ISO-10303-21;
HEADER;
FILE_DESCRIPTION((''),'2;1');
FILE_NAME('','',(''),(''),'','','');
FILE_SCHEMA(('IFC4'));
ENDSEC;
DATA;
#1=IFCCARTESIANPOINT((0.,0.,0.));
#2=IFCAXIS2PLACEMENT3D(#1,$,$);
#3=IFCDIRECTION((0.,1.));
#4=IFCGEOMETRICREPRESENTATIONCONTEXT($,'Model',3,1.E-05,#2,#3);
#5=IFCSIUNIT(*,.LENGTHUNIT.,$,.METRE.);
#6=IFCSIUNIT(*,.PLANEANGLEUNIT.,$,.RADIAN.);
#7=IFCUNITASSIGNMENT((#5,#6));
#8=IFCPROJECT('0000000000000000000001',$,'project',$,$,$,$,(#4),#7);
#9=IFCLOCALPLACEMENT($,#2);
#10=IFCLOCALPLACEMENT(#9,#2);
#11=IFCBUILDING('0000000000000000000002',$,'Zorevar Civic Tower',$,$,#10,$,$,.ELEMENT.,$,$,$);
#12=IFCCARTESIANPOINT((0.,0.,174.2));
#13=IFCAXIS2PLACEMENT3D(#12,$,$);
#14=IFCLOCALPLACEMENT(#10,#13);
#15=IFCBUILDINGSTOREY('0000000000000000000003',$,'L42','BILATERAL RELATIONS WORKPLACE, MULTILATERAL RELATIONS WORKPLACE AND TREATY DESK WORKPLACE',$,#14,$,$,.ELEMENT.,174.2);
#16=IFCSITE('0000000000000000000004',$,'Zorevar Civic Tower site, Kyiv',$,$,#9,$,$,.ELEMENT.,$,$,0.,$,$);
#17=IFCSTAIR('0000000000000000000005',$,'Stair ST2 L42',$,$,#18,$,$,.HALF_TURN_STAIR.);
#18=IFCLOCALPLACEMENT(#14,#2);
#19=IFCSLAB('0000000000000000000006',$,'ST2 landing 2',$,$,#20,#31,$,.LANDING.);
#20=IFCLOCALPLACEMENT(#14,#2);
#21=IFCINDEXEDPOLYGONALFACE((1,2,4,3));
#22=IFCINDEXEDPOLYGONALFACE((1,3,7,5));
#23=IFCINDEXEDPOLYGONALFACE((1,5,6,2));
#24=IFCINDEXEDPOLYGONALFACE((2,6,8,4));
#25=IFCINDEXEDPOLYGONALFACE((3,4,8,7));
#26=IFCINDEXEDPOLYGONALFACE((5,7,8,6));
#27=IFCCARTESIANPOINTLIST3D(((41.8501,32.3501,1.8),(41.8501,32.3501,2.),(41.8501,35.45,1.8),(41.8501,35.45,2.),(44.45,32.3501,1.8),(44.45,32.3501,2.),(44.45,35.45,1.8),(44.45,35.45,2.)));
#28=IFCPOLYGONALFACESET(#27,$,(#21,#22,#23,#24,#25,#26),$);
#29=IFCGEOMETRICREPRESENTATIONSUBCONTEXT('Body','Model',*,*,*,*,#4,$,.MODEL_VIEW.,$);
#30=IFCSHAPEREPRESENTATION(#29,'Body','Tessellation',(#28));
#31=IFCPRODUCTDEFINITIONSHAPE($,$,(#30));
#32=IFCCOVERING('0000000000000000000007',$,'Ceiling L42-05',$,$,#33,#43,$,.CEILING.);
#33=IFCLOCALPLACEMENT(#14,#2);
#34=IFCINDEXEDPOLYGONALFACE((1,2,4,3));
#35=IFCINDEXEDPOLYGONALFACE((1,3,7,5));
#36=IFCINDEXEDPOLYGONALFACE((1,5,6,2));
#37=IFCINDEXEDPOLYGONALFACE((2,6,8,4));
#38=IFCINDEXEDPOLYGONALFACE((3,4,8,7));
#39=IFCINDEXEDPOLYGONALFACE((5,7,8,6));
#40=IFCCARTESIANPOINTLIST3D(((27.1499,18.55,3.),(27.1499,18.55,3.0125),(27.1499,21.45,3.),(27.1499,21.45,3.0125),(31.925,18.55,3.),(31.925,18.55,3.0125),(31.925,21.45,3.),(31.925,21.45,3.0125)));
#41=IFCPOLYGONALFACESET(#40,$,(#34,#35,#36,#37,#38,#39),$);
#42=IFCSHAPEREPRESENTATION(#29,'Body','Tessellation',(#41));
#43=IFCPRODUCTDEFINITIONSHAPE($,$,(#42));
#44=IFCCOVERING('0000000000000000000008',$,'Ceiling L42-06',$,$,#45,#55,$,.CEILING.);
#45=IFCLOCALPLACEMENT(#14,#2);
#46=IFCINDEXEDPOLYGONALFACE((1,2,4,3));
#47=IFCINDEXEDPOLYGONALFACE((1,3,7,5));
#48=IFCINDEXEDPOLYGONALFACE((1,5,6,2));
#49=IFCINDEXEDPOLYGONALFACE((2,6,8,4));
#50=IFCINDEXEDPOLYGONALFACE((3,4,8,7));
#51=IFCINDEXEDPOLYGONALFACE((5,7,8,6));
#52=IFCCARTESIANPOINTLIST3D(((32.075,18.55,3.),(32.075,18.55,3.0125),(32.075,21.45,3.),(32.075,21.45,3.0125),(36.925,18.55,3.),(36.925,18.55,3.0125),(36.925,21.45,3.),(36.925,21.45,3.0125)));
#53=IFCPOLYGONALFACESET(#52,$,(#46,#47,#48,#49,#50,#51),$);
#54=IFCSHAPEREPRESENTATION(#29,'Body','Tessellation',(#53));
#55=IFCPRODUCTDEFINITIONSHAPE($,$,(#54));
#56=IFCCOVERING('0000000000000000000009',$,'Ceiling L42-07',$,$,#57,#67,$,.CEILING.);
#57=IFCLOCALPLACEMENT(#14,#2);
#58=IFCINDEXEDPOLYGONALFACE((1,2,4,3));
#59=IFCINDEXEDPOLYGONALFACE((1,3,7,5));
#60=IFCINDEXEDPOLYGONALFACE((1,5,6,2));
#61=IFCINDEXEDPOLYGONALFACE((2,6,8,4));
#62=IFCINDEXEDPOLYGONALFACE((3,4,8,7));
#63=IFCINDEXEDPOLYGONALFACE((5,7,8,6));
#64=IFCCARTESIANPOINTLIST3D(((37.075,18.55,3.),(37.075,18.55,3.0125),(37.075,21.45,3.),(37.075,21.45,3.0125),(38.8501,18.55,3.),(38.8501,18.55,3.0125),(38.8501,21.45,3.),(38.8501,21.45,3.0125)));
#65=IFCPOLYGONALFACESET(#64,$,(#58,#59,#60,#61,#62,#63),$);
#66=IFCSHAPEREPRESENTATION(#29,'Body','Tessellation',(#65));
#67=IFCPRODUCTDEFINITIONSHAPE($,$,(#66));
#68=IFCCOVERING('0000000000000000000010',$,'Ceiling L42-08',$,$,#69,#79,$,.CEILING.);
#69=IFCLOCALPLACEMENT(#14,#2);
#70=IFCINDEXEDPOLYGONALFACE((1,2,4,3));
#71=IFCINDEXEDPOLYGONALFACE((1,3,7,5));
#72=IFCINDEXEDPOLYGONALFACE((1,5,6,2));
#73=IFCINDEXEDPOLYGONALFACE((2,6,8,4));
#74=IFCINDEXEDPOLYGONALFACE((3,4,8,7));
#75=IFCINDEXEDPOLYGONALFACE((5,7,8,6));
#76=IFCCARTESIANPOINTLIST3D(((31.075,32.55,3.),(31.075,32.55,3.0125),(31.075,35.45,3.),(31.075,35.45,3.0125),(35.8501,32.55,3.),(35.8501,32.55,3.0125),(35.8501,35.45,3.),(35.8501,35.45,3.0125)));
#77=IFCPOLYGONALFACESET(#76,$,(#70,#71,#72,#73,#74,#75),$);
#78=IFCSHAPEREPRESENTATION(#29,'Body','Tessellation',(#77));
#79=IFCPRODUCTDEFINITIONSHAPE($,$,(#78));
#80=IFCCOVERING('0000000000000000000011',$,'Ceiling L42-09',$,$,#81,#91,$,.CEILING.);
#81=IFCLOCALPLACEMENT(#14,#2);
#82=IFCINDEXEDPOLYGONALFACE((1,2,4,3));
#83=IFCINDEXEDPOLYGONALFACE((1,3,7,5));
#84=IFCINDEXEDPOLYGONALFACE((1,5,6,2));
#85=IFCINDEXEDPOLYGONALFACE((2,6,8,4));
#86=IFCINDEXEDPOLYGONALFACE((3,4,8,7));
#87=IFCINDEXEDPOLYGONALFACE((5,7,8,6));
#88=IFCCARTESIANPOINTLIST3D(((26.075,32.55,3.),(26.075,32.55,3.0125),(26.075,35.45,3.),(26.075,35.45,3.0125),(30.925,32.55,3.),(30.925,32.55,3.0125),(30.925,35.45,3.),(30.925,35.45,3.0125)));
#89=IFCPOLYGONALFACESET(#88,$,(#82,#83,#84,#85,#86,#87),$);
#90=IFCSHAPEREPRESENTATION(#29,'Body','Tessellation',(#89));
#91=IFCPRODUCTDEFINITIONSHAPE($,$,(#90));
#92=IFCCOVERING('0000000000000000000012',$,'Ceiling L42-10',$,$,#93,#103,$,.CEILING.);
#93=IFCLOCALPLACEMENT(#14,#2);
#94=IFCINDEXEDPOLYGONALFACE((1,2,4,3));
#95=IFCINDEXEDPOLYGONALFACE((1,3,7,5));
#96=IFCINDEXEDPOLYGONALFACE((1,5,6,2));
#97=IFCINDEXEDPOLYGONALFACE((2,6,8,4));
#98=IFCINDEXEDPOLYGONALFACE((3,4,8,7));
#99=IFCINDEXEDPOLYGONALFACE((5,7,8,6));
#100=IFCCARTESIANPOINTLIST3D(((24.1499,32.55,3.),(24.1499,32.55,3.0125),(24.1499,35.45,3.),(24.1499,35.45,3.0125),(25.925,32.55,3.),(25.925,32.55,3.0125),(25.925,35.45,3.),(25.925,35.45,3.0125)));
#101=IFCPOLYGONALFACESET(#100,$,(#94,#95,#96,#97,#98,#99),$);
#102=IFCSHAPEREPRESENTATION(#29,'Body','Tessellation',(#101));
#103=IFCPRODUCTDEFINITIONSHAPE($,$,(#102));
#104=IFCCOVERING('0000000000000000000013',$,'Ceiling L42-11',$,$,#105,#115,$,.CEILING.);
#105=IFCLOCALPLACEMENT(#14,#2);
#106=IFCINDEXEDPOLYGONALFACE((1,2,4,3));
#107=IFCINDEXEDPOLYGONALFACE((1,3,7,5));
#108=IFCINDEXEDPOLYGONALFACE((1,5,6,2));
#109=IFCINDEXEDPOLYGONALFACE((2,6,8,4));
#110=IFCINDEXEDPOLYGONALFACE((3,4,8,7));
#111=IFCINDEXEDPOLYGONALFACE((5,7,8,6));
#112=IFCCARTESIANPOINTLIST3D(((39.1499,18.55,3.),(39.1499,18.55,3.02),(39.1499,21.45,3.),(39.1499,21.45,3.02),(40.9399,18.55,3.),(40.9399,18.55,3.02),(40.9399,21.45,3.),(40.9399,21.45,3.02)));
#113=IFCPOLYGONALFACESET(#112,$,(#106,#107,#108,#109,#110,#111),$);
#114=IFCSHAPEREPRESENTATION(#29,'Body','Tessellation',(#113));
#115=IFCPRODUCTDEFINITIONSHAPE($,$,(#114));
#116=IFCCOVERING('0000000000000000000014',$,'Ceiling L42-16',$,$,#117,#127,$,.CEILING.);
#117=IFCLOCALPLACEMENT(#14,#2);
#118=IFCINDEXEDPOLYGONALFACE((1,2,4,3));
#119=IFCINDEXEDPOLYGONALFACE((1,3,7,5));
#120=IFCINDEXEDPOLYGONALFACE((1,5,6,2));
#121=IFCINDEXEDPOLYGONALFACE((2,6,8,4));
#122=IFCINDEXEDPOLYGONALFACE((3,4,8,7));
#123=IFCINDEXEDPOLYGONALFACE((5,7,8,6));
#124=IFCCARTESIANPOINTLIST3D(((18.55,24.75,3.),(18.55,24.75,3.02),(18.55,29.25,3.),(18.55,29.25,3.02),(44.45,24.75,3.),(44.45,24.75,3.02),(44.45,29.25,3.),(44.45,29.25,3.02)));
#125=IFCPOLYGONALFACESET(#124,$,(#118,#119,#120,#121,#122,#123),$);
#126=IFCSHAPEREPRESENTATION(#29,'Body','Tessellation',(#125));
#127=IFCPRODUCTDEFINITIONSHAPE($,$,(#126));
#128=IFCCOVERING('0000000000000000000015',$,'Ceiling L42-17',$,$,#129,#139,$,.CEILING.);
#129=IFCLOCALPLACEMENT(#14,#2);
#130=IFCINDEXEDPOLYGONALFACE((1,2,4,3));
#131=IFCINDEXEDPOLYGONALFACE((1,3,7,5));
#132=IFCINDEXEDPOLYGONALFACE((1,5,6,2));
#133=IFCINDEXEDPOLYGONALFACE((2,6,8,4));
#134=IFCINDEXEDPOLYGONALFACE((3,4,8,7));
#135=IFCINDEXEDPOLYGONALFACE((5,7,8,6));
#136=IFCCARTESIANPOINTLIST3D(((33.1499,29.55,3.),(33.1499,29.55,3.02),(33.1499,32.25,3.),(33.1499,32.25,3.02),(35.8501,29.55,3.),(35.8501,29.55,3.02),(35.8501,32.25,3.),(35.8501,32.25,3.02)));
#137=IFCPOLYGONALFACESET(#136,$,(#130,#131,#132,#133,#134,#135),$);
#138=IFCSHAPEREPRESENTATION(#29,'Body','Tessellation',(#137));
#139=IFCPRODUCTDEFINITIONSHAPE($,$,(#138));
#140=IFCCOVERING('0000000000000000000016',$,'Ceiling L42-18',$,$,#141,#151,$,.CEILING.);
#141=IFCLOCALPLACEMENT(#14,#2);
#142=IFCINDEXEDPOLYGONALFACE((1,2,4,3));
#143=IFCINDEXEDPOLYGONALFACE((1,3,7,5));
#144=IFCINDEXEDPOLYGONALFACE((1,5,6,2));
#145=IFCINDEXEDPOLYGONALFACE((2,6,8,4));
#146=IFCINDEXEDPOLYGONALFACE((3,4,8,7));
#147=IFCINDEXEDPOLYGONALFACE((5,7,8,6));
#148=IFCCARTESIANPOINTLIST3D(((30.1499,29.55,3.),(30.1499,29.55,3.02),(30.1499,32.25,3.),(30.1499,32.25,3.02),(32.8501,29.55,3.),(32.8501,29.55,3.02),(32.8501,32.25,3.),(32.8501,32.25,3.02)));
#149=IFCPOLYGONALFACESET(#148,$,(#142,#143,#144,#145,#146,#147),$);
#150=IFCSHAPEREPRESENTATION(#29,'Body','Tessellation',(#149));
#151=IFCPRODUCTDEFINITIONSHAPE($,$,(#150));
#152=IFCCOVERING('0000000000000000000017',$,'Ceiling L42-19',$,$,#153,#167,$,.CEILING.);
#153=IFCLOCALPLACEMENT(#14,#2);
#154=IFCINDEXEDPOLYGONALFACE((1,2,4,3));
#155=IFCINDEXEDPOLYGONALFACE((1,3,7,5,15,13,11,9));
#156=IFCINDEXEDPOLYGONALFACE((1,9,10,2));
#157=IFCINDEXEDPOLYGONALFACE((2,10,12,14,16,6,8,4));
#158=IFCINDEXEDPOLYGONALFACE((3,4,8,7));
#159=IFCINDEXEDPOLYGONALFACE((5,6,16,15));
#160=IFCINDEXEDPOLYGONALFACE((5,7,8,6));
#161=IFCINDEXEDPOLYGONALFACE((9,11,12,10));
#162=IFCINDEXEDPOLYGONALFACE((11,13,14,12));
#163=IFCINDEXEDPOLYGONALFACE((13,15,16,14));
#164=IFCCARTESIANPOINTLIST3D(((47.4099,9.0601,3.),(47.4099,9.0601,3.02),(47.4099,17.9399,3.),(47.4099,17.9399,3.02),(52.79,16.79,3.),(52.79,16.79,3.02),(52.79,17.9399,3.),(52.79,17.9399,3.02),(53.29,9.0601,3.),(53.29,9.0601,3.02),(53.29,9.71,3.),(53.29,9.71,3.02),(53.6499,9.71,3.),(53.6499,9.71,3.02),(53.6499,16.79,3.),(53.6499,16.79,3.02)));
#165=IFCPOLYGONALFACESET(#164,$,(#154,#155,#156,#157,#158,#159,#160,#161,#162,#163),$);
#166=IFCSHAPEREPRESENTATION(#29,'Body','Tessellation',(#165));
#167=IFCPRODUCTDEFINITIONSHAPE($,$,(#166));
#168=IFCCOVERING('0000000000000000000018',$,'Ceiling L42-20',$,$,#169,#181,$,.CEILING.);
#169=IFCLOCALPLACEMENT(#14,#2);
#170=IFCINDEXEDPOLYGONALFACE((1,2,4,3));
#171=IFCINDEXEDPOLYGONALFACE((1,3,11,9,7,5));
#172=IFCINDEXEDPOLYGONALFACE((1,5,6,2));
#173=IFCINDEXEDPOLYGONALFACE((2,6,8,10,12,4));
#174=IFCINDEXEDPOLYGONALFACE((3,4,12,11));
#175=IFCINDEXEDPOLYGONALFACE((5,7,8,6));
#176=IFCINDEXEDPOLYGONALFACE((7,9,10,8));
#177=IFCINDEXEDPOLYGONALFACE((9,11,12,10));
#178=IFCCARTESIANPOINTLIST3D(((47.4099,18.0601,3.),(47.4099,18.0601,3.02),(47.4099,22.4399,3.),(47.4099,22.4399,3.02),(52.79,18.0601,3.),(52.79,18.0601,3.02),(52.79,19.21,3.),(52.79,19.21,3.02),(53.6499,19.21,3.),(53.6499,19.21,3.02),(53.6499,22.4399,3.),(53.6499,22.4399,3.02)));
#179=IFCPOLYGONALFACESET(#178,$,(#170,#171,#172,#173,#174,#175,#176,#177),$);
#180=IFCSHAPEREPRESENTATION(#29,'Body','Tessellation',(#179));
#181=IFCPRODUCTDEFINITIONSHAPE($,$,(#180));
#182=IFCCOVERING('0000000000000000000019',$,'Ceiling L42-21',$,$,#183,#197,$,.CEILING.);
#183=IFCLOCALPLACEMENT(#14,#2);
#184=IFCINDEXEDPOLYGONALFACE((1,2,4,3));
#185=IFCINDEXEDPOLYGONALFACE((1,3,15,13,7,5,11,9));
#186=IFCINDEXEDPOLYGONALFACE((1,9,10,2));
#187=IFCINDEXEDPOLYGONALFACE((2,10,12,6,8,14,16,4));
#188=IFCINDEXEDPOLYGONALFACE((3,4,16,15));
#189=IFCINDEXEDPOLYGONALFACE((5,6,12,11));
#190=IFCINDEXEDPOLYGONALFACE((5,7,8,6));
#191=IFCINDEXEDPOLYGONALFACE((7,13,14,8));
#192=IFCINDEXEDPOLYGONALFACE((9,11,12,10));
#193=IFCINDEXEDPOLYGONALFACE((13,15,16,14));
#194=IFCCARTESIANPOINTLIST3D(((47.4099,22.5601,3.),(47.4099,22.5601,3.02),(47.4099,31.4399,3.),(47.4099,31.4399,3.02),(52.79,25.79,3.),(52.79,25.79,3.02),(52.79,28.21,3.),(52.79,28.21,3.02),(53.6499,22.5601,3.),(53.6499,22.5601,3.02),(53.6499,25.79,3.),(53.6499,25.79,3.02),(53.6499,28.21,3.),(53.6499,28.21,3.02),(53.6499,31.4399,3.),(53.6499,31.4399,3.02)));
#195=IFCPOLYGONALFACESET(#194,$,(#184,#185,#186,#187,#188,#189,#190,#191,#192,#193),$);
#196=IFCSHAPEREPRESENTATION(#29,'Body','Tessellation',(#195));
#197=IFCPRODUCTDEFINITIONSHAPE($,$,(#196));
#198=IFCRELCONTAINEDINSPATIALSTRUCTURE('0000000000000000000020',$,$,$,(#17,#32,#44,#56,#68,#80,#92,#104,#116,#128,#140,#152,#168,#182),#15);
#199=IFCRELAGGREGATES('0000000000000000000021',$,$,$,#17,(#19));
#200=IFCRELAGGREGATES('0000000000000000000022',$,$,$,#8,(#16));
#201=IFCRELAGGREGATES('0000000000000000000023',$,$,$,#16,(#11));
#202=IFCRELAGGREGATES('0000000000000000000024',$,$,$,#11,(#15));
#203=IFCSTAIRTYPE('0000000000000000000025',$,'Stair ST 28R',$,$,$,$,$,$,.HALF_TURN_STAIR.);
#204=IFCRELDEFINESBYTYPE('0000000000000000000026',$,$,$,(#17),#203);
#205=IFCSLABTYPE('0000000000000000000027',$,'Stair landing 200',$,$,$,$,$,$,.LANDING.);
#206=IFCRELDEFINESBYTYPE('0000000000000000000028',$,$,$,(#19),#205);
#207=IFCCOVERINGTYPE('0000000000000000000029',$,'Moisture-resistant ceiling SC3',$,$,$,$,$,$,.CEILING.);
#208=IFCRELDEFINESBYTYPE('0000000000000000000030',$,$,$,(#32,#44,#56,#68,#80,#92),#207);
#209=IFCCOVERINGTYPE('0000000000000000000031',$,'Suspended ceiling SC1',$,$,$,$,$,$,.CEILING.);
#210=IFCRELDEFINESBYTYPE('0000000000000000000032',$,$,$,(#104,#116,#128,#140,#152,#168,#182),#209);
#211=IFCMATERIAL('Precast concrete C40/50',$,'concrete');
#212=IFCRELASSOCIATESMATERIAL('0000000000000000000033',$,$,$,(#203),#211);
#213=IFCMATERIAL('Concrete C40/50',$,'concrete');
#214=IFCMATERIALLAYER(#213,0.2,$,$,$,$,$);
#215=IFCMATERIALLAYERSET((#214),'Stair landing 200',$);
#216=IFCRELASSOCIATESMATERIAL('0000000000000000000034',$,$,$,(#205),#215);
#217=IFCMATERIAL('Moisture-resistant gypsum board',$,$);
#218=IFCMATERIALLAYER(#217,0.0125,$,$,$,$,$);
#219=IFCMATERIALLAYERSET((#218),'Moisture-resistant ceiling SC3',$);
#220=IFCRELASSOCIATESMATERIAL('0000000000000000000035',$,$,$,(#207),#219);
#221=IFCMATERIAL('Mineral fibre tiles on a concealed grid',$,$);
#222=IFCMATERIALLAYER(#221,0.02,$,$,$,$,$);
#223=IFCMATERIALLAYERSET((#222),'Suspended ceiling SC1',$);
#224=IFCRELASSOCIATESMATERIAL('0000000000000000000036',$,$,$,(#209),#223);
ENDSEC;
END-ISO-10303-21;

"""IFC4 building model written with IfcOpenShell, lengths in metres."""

from ifc_helpers import new_model, si_unit, direction, frame, origin, place, context, subcontext, project, spatial, polyline, outline, extrude, material, layer, layer_set, type_object, element, aggregate, save


model = new_model("IFC4")

# Units and contexts
model_context = context("Model", 3, precision=1e-05, world=origin(), true_north=direction((0.0, 1.0)))
body_context = subcontext(model_context, "Body", "Model", "MODEL_VIEW")
ifc_project = project(units=[si_unit("LENGTHUNIT", "METRE"), si_unit("PLANEANGLEUNIT", "RADIAN")], contexts=[model_context])

# Site, building, storey
site_placement = place(None, origin())
site = spatial("IfcSite", under=ifc_project, at=site_placement, Name="Zorevar Civic Tower site, Kyiv", CompositionType="ELEMENT", RefElevation=0.0)
building_placement = place(site_placement, origin())
building = spatial("IfcBuilding", under=site, at=building_placement, Name="Zorevar Civic Tower", CompositionType="ELEMENT")
storey_placement = place(building_placement, frame((0.0, 0.0, 174.2)))
storey = spatial("IfcBuildingStorey", under=building, at=storey_placement, Name="L42", Description="BILATERAL RELATIONS WORKPLACE, MULTILATERAL RELATIONS WORKPLACE AND TREATY DESK WORKPLACE", CompositionType="ELEMENT", Elevation=174.2)

# Stair, slab
ifc_material_1 = material(Name="Precast concrete C40/50", Category="concrete")
stair_type = type_object("IfcStairType", Name="Stair ST 28R", PredefinedType="HALF_TURN_STAIR", material=ifc_material_1)
ifc_material_2 = material(Name="Concrete C40/50", Category="concrete")
ifc_layer_1 = layer(ifc_material_2, 0.2)
ifc_layer_set_1 = layer_set([ifc_layer_1], Name="Stair landing 200")
slab_type_1 = type_object("IfcSlabType", Name="Stair landing 200", PredefinedType="LANDING", material=ifc_layer_set_1)
stair_1_placement = place(storey_placement, origin())
stair_1 = element("IfcStair", 1, at=stair_1_placement, inside=storey, type_object=stair_type, Name="Stair ST2 L42", PredefinedType="HALF_TURN_STAIR")
slab_1_placement = place(storey_placement, frame((0.0, 0.0, 1.8)))
slab_1 = element("IfcSlab", 2, at=slab_1_placement, type_object=slab_type_1, Name="ST2 landing 2", PredefinedType="LANDING", context=body_context, shape_type="SweptSolid", body=[
    extrude(outline(polyline([(44.45, 32.3501), (41.8501, 32.3501), (41.8501, 35.45), (44.45, 35.45), (44.45, 32.3501)])), origin(), (0.0, 0.0, 1.0), 0.2),
])
aggregate(stair_1, [slab_1])

# Coverings
ifc_material_3 = material(Name="Moisture-resistant gypsum board")
ifc_layer_2 = layer(ifc_material_3, 0.0125)
ifc_layer_set_2 = layer_set([ifc_layer_2], Name="Moisture-resistant ceiling SC3")
covering_type_1 = type_object("IfcCoveringType", Name="Moisture-resistant ceiling SC3", PredefinedType="CEILING", material=ifc_layer_set_2)
covering_1_placement = place(storey_placement, frame((0.0, 0.0, 3.0)))
element("IfcCovering", 3, at=covering_1_placement, inside=storey, type_object=covering_type_1, Name="Ceiling L42-05", PredefinedType="CEILING", context=body_context, shape_type="SweptSolid", body=[
    extrude(outline(polyline([(31.925, 18.55), (31.925, 21.45), (27.1499, 21.45), (27.1499, 18.55), (31.925, 18.55)])), origin(), (0.0, 0.0, 1.0), 0.0125),
])
covering_2_placement = place(storey_placement, frame((0.0, 0.0, 3.0)))
element("IfcCovering", 4, at=covering_2_placement, inside=storey, type_object=covering_type_1, Name="Ceiling L42-06", PredefinedType="CEILING", context=body_context, shape_type="SweptSolid", body=[
    extrude(outline(polyline([(36.925, 18.55), (36.925, 21.45), (32.075, 21.45), (32.075, 18.55), (36.925, 18.55)])), origin(), (0.0, 0.0, 1.0), 0.0125),
])
covering_3_placement = place(storey_placement, frame((0.0, 0.0, 3.0)))
element("IfcCovering", 5, at=covering_3_placement, inside=storey, type_object=covering_type_1, Name="Ceiling L42-07", PredefinedType="CEILING", context=body_context, shape_type="SweptSolid", body=[
    extrude(outline(polyline([(38.8501, 18.55), (38.8501, 21.45), (37.075, 21.45), (37.075, 18.55), (38.8501, 18.55)])), origin(), (0.0, 0.0, 1.0), 0.0125),
])
covering_4_placement = place(storey_placement, frame((0.0, 0.0, 3.0)))
element("IfcCovering", 6, at=covering_4_placement, inside=storey, type_object=covering_type_1, Name="Ceiling L42-08", PredefinedType="CEILING", context=body_context, shape_type="SweptSolid", body=[
    extrude(outline(polyline([(35.8501, 32.55), (35.8501, 35.45), (31.075, 35.45), (31.075, 32.55), (35.8501, 32.55)])), origin(), (0.0, 0.0, 1.0), 0.0125),
])
covering_5_placement = place(storey_placement, frame((0.0, 0.0, 3.0)))
element("IfcCovering", 7, at=covering_5_placement, inside=storey, type_object=covering_type_1, Name="Ceiling L42-09", PredefinedType="CEILING", context=body_context, shape_type="SweptSolid", body=[
    extrude(outline(polyline([(30.925, 32.55), (30.925, 35.45), (26.075, 35.45), (26.075, 32.55), (30.925, 32.55)])), origin(), (0.0, 0.0, 1.0), 0.0125),
])
covering_6_placement = place(storey_placement, frame((0.0, 0.0, 3.0)))
element("IfcCovering", 8, at=covering_6_placement, inside=storey, type_object=covering_type_1, Name="Ceiling L42-10", PredefinedType="CEILING", context=body_context, shape_type="SweptSolid", body=[
    extrude(outline(polyline([(25.925, 32.55), (25.925, 35.45), (24.1499, 35.45), (24.1499, 32.55), (25.925, 32.55)])), origin(), (0.0, 0.0, 1.0), 0.0125),
])
ifc_material_4 = material(Name="Mineral fibre tiles on a concealed grid")
ifc_layer_3 = layer(ifc_material_4, 0.02)
ifc_layer_set_3 = layer_set([ifc_layer_3], Name="Suspended ceiling SC1")
covering_type_2 = type_object("IfcCoveringType", Name="Suspended ceiling SC1", PredefinedType="CEILING", material=ifc_layer_set_3)
covering_7_placement = place(storey_placement, frame((0.0, 0.0, 3.0)))
element("IfcCovering", 9, at=covering_7_placement, inside=storey, type_object=covering_type_2, Name="Ceiling L42-11", PredefinedType="CEILING", context=body_context, shape_type="SweptSolid", body=[
    extrude(outline(polyline([(40.9399, 18.55), (40.9399, 21.45), (39.1499, 21.45), (39.1499, 18.55), (40.9399, 18.55)])), origin(), (0.0, 0.0, 1.0), 0.02),
])
covering_8_placement = place(storey_placement, frame((0.0, 0.0, 3.0)))
element("IfcCovering", 10, at=covering_8_placement, inside=storey, type_object=covering_type_2, Name="Ceiling L42-16", PredefinedType="CEILING", context=body_context, shape_type="SweptSolid", body=[
    extrude(outline(polyline([(44.45, 24.75), (44.45, 29.25), (18.55, 29.25), (18.55, 24.75), (44.45, 24.75)])), origin(), (0.0, 0.0, 1.0), 0.02),
])
covering_9_placement = place(storey_placement, frame((0.0, 0.0, 3.0)))
element("IfcCovering", 11, at=covering_9_placement, inside=storey, type_object=covering_type_2, Name="Ceiling L42-17", PredefinedType="CEILING", context=body_context, shape_type="SweptSolid", body=[
    extrude(outline(polyline([(35.8501, 29.55), (35.8501, 32.25), (33.1499, 32.25), (33.1499, 29.55), (35.8501, 29.55)])), origin(), (0.0, 0.0, 1.0), 0.02),
])
covering_10_placement = place(storey_placement, frame((0.0, 0.0, 3.0)))
element("IfcCovering", 12, at=covering_10_placement, inside=storey, type_object=covering_type_2, Name="Ceiling L42-18", PredefinedType="CEILING", context=body_context, shape_type="SweptSolid", body=[
    extrude(outline(polyline([(32.8501, 29.55), (32.8501, 32.25), (30.1499, 32.25), (30.1499, 29.55), (32.8501, 29.55)])), origin(), (0.0, 0.0, 1.0), 0.02),
])
covering_11_placement = place(storey_placement, frame((0.0, 0.0, 3.0)))
element("IfcCovering", 13, at=covering_11_placement, inside=storey, type_object=covering_type_2, Name="Ceiling L42-19", PredefinedType="CEILING", context=body_context, shape_type="SweptSolid", body=[
    extrude(outline(polyline([(53.6499, 9.71), (53.29, 9.71), (53.29, 9.0601), (47.4099, 9.0601), (47.4099, 17.9399), (52.79, 17.9399), (52.79, 16.79), (53.6499, 16.79), (53.6499, 9.71)])), origin(), (0.0, 0.0, 1.0), 0.02),
])
covering_12_placement = place(storey_placement, frame((0.0, 0.0, 3.0)))
element("IfcCovering", 14, at=covering_12_placement, inside=storey, type_object=covering_type_2, Name="Ceiling L42-20", PredefinedType="CEILING", context=body_context, shape_type="SweptSolid", body=[
    extrude(outline(polyline([(47.4099, 22.4399), (53.6499, 22.4399), (53.6499, 19.21), (52.79, 19.21), (52.79, 18.0601), (47.4099, 18.0601), (47.4099, 22.4399)])), origin(), (0.0, 0.0, 1.0), 0.02),
])
covering_13_placement = place(storey_placement, frame((0.0, 0.0, 3.0)))
element("IfcCovering", 15, at=covering_13_placement, inside=storey, type_object=covering_type_2, Name="Ceiling L42-21", PredefinedType="CEILING", context=body_context, shape_type="SweptSolid", body=[
    extrude(outline(polyline([(47.4099, 31.4399), (53.6499, 31.4399), (53.6499, 28.21), (52.79, 28.21), (52.79, 25.79), (53.6499, 25.79), (53.6499, 22.5601), (47.4099, 22.5601), (47.4099, 31.4399)])), origin(), (0.0, 0.0, 1.0), 0.02),
])

save(model, "model.ifc")
